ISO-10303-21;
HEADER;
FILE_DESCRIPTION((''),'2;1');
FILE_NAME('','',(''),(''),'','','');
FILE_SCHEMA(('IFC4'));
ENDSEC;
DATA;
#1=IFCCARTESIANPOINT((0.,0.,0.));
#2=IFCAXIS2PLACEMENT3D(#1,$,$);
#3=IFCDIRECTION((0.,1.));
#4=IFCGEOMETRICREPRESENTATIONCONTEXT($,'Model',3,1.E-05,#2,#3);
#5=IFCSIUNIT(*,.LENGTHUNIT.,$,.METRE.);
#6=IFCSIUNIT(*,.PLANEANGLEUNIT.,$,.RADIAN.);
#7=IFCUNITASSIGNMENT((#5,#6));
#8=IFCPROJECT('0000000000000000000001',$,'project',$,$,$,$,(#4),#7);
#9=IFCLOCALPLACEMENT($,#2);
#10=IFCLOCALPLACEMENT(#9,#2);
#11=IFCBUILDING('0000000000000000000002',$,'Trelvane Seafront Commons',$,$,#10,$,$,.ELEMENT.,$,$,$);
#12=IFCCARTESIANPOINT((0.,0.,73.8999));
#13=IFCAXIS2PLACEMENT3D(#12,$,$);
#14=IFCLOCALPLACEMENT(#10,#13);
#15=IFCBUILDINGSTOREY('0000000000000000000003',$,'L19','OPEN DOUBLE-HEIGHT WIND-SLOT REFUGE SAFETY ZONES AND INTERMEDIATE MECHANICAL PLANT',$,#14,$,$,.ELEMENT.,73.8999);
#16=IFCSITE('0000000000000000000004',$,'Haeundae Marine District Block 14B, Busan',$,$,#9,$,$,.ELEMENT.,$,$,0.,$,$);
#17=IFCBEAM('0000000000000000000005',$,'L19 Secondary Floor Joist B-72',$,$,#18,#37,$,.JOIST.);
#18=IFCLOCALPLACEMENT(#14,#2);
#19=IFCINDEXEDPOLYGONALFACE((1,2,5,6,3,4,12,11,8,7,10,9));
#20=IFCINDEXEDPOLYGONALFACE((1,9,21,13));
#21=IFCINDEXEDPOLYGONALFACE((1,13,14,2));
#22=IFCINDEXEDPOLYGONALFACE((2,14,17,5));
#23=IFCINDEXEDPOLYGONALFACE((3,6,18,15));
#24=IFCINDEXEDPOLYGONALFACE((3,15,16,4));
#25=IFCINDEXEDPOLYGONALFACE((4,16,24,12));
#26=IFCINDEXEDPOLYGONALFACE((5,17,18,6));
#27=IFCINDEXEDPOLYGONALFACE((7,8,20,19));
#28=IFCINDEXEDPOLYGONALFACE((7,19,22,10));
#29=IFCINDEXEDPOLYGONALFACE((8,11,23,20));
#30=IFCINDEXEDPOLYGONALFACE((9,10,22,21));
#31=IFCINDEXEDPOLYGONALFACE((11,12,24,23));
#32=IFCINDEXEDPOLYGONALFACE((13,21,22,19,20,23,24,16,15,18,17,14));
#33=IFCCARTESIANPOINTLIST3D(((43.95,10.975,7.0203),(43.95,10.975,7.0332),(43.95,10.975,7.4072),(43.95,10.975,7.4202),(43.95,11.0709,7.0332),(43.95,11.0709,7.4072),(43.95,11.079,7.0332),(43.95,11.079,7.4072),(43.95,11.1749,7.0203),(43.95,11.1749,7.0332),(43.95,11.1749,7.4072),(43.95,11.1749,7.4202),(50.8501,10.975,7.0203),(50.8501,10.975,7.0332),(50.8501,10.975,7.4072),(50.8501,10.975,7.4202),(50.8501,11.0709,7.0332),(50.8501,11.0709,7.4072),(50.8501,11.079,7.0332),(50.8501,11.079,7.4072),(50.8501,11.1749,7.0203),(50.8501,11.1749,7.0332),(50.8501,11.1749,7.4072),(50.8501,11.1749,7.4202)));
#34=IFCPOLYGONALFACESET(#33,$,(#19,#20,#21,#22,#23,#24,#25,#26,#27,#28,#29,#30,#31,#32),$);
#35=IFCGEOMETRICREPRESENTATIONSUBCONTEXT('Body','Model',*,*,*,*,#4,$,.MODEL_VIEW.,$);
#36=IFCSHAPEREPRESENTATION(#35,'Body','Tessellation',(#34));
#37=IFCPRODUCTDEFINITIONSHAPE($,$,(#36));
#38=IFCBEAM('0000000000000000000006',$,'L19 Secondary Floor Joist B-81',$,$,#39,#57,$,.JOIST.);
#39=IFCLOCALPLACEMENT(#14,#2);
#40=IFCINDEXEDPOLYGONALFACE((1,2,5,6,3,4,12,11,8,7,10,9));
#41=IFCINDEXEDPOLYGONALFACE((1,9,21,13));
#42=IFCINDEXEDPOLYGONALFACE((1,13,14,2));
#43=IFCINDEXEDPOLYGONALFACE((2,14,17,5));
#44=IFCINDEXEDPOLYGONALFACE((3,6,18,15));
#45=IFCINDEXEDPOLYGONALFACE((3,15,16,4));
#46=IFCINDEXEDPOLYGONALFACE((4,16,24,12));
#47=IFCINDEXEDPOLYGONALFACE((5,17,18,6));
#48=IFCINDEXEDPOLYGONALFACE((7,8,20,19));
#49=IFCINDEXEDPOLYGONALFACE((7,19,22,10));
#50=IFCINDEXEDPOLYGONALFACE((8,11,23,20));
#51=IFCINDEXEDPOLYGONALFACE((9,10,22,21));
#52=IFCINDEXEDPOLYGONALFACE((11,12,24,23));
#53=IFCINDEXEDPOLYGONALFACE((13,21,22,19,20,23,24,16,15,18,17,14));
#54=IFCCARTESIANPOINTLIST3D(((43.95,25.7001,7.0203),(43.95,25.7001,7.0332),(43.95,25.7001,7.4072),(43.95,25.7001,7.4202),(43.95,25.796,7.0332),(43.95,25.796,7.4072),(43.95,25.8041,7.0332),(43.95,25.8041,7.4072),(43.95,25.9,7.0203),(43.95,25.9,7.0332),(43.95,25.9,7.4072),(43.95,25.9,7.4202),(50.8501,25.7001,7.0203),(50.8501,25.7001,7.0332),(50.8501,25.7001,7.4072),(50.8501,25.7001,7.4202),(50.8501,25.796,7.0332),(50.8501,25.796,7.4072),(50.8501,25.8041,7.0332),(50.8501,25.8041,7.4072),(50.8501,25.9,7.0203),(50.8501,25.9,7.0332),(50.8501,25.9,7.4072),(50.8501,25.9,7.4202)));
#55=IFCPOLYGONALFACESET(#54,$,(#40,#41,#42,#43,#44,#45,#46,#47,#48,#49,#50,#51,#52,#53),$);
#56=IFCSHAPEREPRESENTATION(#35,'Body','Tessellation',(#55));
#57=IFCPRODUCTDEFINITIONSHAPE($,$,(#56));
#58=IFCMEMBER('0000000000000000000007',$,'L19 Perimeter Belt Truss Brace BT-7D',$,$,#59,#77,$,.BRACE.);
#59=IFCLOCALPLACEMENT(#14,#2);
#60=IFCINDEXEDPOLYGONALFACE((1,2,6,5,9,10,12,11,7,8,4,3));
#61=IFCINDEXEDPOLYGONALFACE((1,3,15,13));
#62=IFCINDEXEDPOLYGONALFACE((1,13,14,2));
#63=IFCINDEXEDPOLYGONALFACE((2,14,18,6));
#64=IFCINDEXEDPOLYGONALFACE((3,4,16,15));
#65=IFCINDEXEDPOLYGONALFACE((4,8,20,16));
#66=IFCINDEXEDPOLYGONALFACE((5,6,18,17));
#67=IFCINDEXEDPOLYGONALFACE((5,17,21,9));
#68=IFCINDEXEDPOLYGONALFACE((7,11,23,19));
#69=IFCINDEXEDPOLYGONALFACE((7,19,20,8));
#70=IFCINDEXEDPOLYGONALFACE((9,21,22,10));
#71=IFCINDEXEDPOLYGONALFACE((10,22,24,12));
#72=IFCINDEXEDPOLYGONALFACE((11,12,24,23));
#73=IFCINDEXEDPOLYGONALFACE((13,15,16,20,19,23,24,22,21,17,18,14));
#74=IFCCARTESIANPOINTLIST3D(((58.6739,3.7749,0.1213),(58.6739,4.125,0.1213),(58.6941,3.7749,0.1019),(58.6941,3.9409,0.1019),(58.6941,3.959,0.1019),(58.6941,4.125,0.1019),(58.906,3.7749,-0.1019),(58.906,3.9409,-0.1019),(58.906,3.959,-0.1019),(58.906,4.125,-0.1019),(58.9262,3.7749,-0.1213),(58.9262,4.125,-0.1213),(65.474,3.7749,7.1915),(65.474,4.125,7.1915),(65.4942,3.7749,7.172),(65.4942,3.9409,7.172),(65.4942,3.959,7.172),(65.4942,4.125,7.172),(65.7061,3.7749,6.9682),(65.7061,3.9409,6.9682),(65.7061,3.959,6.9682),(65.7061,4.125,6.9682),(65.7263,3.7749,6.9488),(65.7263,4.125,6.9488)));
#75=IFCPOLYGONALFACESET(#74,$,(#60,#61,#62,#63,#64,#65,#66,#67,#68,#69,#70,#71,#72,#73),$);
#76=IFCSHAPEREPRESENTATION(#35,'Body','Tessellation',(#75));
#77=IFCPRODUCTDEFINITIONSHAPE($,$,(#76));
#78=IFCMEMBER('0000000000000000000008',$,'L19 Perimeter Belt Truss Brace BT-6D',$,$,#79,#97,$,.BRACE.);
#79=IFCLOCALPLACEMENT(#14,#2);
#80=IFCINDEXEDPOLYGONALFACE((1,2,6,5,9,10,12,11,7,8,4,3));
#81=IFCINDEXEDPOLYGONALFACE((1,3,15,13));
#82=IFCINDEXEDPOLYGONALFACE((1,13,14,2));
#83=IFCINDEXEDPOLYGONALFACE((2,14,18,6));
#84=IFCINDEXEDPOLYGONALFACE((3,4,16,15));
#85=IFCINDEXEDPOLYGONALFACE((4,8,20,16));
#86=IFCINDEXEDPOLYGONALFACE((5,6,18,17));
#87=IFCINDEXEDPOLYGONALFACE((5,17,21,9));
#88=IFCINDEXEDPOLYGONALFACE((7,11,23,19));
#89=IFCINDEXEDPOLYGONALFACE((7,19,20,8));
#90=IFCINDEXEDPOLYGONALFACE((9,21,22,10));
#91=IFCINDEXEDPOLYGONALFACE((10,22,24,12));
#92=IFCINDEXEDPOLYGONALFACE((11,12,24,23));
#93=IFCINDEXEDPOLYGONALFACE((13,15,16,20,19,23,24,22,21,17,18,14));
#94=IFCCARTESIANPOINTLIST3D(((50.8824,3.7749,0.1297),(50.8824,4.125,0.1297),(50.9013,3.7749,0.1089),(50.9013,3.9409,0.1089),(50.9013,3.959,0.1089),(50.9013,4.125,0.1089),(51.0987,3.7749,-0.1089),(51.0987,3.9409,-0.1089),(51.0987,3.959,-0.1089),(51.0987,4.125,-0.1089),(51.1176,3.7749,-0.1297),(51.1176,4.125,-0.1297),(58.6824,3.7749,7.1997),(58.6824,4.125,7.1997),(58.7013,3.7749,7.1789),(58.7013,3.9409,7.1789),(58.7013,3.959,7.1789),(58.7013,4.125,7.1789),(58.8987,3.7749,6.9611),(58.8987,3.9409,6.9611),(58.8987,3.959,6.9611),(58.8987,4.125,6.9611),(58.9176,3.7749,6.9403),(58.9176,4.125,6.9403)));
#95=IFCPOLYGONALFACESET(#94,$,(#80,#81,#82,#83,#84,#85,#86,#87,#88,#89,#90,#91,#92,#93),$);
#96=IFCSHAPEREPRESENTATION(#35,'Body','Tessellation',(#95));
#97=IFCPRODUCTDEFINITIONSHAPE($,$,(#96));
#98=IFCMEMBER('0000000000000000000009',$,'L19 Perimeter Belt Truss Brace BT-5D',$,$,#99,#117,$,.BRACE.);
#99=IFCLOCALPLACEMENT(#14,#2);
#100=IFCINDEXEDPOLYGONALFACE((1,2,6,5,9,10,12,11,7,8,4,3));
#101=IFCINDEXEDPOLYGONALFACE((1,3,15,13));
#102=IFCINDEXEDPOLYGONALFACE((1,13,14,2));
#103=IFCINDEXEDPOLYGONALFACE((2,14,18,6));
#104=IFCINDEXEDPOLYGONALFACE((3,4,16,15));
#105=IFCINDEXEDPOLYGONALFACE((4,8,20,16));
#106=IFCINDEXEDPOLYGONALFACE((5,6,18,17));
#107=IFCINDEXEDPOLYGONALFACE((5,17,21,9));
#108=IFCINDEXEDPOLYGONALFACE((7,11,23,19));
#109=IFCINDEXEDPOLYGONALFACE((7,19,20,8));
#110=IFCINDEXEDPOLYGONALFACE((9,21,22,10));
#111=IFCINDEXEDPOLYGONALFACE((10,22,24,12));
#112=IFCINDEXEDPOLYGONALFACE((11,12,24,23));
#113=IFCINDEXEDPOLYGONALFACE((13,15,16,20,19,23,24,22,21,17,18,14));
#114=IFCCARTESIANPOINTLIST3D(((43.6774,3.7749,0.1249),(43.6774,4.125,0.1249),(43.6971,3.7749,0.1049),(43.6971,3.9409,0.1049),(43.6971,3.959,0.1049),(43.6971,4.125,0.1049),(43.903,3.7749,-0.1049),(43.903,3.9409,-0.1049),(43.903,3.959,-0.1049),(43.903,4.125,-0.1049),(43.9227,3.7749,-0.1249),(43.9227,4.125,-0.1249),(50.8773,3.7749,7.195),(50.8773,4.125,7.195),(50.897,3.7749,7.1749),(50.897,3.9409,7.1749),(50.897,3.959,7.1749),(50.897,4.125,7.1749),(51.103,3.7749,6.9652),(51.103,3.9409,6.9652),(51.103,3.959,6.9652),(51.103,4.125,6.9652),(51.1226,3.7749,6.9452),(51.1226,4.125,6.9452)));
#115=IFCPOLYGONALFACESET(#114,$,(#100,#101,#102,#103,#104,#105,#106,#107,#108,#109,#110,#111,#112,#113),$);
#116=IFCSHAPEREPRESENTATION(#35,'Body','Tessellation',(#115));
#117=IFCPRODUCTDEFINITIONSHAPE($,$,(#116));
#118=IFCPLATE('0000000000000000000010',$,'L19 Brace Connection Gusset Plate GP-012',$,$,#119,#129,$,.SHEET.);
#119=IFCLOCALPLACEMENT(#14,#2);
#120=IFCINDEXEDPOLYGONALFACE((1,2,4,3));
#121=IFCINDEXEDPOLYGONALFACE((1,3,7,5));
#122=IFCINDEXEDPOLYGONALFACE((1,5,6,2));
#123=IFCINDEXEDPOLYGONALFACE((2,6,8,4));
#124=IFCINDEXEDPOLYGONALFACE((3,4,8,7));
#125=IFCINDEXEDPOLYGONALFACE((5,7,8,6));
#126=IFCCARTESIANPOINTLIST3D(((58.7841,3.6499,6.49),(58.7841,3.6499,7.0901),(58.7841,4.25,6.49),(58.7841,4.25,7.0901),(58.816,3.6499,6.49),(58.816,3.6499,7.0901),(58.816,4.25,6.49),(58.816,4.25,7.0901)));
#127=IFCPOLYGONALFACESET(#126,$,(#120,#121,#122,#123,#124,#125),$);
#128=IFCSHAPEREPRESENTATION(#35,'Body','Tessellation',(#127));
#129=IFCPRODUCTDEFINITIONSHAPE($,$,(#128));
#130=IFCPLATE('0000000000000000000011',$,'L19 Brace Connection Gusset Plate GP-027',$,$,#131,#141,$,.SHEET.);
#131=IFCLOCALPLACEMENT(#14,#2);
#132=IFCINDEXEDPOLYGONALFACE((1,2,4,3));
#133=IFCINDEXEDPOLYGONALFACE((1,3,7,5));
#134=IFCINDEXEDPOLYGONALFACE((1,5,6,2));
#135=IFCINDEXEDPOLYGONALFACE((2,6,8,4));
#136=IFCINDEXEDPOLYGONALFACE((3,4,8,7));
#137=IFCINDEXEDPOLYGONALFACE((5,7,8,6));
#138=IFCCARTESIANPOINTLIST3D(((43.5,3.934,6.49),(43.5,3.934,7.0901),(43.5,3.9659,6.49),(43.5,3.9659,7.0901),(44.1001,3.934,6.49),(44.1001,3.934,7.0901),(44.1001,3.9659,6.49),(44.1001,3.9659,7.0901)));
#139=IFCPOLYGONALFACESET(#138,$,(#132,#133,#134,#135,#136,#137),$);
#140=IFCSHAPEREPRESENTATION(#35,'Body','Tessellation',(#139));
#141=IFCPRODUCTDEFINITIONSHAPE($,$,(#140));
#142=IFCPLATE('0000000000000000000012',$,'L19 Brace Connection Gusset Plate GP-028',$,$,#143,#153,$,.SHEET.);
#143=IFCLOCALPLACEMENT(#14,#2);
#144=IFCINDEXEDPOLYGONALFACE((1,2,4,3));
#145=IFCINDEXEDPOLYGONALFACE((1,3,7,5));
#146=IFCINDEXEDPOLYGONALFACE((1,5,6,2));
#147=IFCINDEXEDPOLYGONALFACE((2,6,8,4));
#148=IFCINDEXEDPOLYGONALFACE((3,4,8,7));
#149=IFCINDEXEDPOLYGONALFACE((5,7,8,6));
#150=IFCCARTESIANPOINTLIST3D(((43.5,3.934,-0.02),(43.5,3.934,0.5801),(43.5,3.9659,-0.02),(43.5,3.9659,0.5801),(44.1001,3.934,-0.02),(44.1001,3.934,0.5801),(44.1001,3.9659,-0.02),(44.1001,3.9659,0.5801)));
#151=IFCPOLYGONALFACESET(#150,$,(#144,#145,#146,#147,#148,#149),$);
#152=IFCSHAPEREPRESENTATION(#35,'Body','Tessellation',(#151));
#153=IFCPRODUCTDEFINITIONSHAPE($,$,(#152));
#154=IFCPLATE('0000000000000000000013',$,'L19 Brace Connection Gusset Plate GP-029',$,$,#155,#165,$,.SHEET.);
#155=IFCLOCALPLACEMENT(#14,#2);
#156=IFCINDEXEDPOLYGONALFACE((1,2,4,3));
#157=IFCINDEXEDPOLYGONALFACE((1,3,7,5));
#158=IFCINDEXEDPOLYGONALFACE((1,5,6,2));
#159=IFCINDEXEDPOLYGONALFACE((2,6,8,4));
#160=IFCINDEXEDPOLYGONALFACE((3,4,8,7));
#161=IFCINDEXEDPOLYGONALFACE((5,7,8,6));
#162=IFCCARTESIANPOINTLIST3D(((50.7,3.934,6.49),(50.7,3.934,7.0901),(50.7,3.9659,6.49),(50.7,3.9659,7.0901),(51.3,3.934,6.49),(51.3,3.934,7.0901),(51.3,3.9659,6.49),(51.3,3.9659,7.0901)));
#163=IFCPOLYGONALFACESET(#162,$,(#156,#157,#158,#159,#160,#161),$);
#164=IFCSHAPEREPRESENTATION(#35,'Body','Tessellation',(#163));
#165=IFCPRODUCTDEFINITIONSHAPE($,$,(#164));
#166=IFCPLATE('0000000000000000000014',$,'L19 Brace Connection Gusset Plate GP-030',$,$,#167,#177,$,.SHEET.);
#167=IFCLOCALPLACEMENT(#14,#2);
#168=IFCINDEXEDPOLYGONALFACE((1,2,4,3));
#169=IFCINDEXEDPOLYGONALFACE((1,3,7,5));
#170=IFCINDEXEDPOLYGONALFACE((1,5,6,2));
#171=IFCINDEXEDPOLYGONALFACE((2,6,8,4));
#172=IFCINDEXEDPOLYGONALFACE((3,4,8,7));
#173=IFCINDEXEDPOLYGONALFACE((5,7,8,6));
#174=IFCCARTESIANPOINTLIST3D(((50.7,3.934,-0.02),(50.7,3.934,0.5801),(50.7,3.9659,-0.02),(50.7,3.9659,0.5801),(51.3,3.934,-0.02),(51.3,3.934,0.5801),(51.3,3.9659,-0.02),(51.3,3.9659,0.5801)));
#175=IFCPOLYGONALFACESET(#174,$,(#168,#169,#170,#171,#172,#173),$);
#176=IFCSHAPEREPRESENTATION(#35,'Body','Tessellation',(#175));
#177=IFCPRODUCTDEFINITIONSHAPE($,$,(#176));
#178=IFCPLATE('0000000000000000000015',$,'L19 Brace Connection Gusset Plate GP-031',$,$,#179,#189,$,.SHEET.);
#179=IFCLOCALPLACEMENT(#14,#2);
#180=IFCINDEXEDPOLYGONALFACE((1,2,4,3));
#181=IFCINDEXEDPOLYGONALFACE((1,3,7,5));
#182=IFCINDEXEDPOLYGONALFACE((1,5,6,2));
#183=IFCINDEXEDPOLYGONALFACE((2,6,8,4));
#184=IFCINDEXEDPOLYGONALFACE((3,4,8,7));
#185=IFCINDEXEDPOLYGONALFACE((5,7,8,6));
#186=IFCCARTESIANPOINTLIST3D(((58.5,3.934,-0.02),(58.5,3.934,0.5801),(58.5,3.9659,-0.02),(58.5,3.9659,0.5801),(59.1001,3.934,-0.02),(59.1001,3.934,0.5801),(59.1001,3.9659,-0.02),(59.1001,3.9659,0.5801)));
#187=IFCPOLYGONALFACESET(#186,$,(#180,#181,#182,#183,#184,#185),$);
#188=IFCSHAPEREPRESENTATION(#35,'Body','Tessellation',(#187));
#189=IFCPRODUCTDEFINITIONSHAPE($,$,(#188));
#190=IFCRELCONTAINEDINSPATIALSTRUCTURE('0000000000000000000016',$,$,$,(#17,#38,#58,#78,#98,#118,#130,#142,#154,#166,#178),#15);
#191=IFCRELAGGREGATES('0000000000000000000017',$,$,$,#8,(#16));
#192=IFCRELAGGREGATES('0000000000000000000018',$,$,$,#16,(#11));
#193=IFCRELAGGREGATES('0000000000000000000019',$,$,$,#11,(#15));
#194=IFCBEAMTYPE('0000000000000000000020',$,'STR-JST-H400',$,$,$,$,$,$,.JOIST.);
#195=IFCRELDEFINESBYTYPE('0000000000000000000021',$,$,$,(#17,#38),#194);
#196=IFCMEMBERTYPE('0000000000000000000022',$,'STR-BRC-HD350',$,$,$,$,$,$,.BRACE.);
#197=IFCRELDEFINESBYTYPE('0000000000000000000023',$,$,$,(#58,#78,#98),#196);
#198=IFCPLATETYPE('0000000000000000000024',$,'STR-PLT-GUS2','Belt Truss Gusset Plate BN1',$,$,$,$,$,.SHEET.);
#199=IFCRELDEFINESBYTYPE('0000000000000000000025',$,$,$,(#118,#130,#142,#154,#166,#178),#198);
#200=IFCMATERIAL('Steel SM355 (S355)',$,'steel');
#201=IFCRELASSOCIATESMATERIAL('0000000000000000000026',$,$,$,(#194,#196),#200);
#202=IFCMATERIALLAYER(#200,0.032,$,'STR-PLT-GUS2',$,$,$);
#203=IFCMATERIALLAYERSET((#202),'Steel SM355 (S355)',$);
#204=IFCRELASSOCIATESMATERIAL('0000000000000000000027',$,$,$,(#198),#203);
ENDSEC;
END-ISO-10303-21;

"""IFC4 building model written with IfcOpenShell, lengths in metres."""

from ifc_helpers import new_model, si_unit, direction, frame, origin, origin_2d, place, context, subcontext, project, spatial, rectangle, i_section, extrude, source, transform, mapped, material, layer, layer_set, material_profile, profile_set, type_object, element, save


model = new_model("IFC4")

# Units and contexts
model_context = context("Model", 3, precision=1e-05, world=origin(), true_north=direction((0.0, 1.0)))
body_context = subcontext(model_context, "Body", "Model", "MODEL_VIEW")
ifc_project = project(units=[si_unit("LENGTHUNIT", "METRE"), si_unit("PLANEANGLEUNIT", "RADIAN")], contexts=[model_context])

# Site, building, storey
site_placement = place(None, origin())
site = spatial("IfcSite", under=ifc_project, at=site_placement, Name="Haeundae Marine District Block 14B, Busan", CompositionType="ELEMENT", RefElevation=0.0)
building_placement = place(site_placement, origin())
building = spatial("IfcBuilding", under=site, at=building_placement, Name="Trelvane Seafront Commons", CompositionType="ELEMENT")
storey_placement = place(building_placement, frame((0.0, 0.0, 73.8999)))
storey = spatial("IfcBuildingStorey", under=building, at=storey_placement, Name="L19", Description="OPEN DOUBLE-HEIGHT WIND-SLOT REFUGE SAFETY ZONES AND INTERMEDIATE MECHANICAL PLANT", CompositionType="ELEMENT", Elevation=73.8999)

# Shared definitions
ifc_material_1 = material(Name="Steel SM355 (S355)", Category="steel")

# Beams
ifc_material_profile_1 = material_profile(ifc_material_1, i_section(OverallWidth=0.2, OverallDepth=0.3999, WebThickness=0.0081, FlangeThickness=0.0129, at=origin_2d()), Name="H-400x200x8x13")
ifc_profile_set_1 = profile_set([ifc_material_profile_1], Name="Steel SM355 (S355)")
beam_type_1 = type_object("IfcBeamType", Name="STR-JST-H400", PredefinedType="JOIST", material=ifc_profile_set_1)
shared_shape_1 = source(origin(), body_context, "Body", "SweptSolid", [
    extrude(i_section(OverallWidth=0.2, OverallDepth=0.3999, WebThickness=0.0081, FlangeThickness=0.0129, at=origin_2d()), origin(), (0.0, 0.0, 1.0), 6.9001),
])
for number, where, z_axis, x_axis, name in (
    (1, (43.95, 11.075, 7.2202), (1.0, 0.0, 0.0), (0.0, 1.0, 0.0), "L19 Secondary Floor Joist B-72"),
    (2, (43.95, 25.8, 7.2202), (1.0, 0.0, 0.0), (0.0, 1.0, 0.0), "L19 Secondary Floor Joist B-81"),
):
    element("IfcBeam", number, at=place(storey_placement, frame(where, z_axis=z_axis, x_axis=x_axis)), inside=storey, type_object=beam_type_1, Name=name, PredefinedType="JOIST", context=body_context, shape_type="MappedRepresentation", body=[
        mapped(shared_shape_1, transform((0.0, 0.0, 0.0), x_axis=(1.0, 0.0, 0.0), y_axis=(0.0, 1.0, 0.0), z_axis=(0.0, 0.0, 1.0), scale=1.0)),
    ])

# Members
ifc_material_profile_2 = material_profile(ifc_material_1, i_section(OverallWidth=0.3501, OverallDepth=0.3501, WebThickness=0.0181, FlangeThickness=0.0281, at=origin_2d()), Name="HD-350x350x18x28")
ifc_profile_set_2 = profile_set([ifc_material_profile_2], Name="Steel SM355 (S355)")
member_type = type_object("IfcMemberType", Name="STR-BRC-HD350", PredefinedType="BRACE", material=ifc_profile_set_2)
shared_shape_2 = source(origin(), body_context, "Body", "SweptSolid", [
    extrude(i_section(OverallWidth=0.3501, OverallDepth=0.3501, WebThickness=0.0181, FlangeThickness=0.0281, at=origin_2d()), origin(), (0.0, 0.0, 1.0), 9.8096),
])
member_1_placement = place(storey_placement, frame((58.8, 3.95, 0.0), z_axis=(0.69321, 0.0, 0.720736), x_axis=(0.0, 1.0, 0.0)))
element("IfcMember", 3, at=member_1_placement, inside=storey, type_object=member_type, Name="L19 Perimeter Belt Truss Brace BT-7D", PredefinedType="BRACE", context=body_context, shape_type="MappedRepresentation", body=[
    mapped(shared_shape_2, transform((0.0, 0.0, 0.0), x_axis=(1.0, 0.0, 0.0), y_axis=(0.0, 1.0, 0.0), z_axis=(0.0, 0.0, 1.0), scale=1.0)),
])
shared_shape_3 = source(origin(), body_context, "Body", "SweptSolid", [
    extrude(i_section(OverallWidth=0.3501, OverallDepth=0.3501, WebThickness=0.0181, FlangeThickness=0.0281, at=origin_2d()), origin(), (0.0, 0.0, 1.0), 10.5273),
])
member_2_placement = place(storey_placement, frame((51.0, 3.95, 0.0), z_axis=(0.740927, 0.0, 0.671586), x_axis=(0.0, 1.0, 0.0)))
element("IfcMember", 4, at=member_2_placement, inside=storey, type_object=member_type, Name="L19 Perimeter Belt Truss Brace BT-6D", PredefinedType="BRACE", context=body_context, shape_type="MappedRepresentation", body=[
    mapped(shared_shape_3, transform((0.0, 0.0, 0.0), x_axis=(1.0, 0.0, 0.0), y_axis=(0.0, 1.0, 0.0), z_axis=(0.0, 0.0, 1.0), scale=1.0)),
])
shared_shape_4 = source(origin(), body_context, "Body", "SweptSolid", [
    extrude(i_section(OverallWidth=0.3501, OverallDepth=0.3501, WebThickness=0.0181, FlangeThickness=0.0281, at=origin_2d()), origin(), (0.0, 0.0, 1.0), 10.0908),
])
member_3_placement = place(storey_placement, frame((43.8, 3.95, 0.0), z_axis=(0.713513, 0.0, 0.700642), x_axis=(0.0, 1.0, 0.0)))
element("IfcMember", 5, at=member_3_placement, inside=storey, type_object=member_type, Name="L19 Perimeter Belt Truss Brace BT-5D", PredefinedType="BRACE", context=body_context, shape_type="MappedRepresentation", body=[
    mapped(shared_shape_4, transform((0.0, 0.0, 0.0), x_axis=(1.0, 0.0, 0.0), y_axis=(0.0, 1.0, 0.0), z_axis=(0.0, 0.0, 1.0), scale=1.0)),
])

# Plates
ifc_layer_1 = layer(ifc_material_1, 0.032, Name="STR-PLT-GUS2")
ifc_layer_set_1 = layer_set([ifc_layer_1], Name="Steel SM355 (S355)")
plate_type = type_object("IfcPlateType", Name="STR-PLT-GUS2", Description="Belt Truss Gusset Plate BN1", PredefinedType="SHEET", material=ifc_layer_set_1)
shared_shape_5 = source(origin(), body_context, "Body", "SweptSolid", [
    extrude(rectangle(XDim=0.032, YDim=0.6001, at=origin_2d()), origin(), (0.0, 0.0, 1.0), 0.6001),
])
plate_placement = place(storey_placement, frame((58.8, 3.95, 6.49), z_axis=(0.0, 0.0, 1.0), x_axis=(1.0, 0.0, 0.0)))
element("IfcPlate", 6, at=plate_placement, inside=storey, type_object=plate_type, Name="L19 Brace Connection Gusset Plate GP-012", PredefinedType="SHEET", context=body_context, shape_type="MappedRepresentation", body=[
    mapped(shared_shape_5, transform((0.0, 0.0, 0.0), x_axis=(1.0, 0.0, 0.0), y_axis=(0.0, 1.0, 0.0), z_axis=(0.0, 0.0, 1.0), scale=1.0)),
])
shared_shape_6 = source(origin(), body_context, "Body", "SweptSolid", [
    extrude(rectangle(XDim=0.6001, YDim=0.032, at=origin_2d()), origin(), (0.0, 0.0, 1.0), 0.6001),
])
for number, where, z_axis, x_axis, name in (
    (7, (43.8, 3.95, 6.49), (0.0, 0.0, 1.0), (1.0, 0.0, 0.0), "L19 Brace Connection Gusset Plate GP-027"),
    (8, (43.8, 3.95, -0.02), (0.0, 0.0, 1.0), (1.0, 0.0, 0.0), "L19 Brace Connection Gusset Plate GP-028"),
    (9, (51.0, 3.95, 6.49), (0.0, 0.0, 1.0), (1.0, 0.0, 0.0), "L19 Brace Connection Gusset Plate GP-029"),
    (10, (51.0, 3.95, -0.02), (0.0, 0.0, 1.0), (1.0, 0.0, 0.0), "L19 Brace Connection Gusset Plate GP-030"),
    (11, (58.8, 3.95, -0.02), (0.0, 0.0, 1.0), (1.0, 0.0, 0.0), "L19 Brace Connection Gusset Plate GP-031"),
):
    element("IfcPlate", number, at=place(storey_placement, frame(where, z_axis=z_axis, x_axis=x_axis)), inside=storey, type_object=plate_type, Name=name, PredefinedType="SHEET", context=body_context, shape_type="MappedRepresentation", body=[
        mapped(shared_shape_6, transform((0.0, 0.0, 0.0), x_axis=(1.0, 0.0, 0.0), y_axis=(0.0, 1.0, 0.0), z_axis=(0.0, 0.0, 1.0), scale=1.0)),
    ])

save(model, "model.ifc")
